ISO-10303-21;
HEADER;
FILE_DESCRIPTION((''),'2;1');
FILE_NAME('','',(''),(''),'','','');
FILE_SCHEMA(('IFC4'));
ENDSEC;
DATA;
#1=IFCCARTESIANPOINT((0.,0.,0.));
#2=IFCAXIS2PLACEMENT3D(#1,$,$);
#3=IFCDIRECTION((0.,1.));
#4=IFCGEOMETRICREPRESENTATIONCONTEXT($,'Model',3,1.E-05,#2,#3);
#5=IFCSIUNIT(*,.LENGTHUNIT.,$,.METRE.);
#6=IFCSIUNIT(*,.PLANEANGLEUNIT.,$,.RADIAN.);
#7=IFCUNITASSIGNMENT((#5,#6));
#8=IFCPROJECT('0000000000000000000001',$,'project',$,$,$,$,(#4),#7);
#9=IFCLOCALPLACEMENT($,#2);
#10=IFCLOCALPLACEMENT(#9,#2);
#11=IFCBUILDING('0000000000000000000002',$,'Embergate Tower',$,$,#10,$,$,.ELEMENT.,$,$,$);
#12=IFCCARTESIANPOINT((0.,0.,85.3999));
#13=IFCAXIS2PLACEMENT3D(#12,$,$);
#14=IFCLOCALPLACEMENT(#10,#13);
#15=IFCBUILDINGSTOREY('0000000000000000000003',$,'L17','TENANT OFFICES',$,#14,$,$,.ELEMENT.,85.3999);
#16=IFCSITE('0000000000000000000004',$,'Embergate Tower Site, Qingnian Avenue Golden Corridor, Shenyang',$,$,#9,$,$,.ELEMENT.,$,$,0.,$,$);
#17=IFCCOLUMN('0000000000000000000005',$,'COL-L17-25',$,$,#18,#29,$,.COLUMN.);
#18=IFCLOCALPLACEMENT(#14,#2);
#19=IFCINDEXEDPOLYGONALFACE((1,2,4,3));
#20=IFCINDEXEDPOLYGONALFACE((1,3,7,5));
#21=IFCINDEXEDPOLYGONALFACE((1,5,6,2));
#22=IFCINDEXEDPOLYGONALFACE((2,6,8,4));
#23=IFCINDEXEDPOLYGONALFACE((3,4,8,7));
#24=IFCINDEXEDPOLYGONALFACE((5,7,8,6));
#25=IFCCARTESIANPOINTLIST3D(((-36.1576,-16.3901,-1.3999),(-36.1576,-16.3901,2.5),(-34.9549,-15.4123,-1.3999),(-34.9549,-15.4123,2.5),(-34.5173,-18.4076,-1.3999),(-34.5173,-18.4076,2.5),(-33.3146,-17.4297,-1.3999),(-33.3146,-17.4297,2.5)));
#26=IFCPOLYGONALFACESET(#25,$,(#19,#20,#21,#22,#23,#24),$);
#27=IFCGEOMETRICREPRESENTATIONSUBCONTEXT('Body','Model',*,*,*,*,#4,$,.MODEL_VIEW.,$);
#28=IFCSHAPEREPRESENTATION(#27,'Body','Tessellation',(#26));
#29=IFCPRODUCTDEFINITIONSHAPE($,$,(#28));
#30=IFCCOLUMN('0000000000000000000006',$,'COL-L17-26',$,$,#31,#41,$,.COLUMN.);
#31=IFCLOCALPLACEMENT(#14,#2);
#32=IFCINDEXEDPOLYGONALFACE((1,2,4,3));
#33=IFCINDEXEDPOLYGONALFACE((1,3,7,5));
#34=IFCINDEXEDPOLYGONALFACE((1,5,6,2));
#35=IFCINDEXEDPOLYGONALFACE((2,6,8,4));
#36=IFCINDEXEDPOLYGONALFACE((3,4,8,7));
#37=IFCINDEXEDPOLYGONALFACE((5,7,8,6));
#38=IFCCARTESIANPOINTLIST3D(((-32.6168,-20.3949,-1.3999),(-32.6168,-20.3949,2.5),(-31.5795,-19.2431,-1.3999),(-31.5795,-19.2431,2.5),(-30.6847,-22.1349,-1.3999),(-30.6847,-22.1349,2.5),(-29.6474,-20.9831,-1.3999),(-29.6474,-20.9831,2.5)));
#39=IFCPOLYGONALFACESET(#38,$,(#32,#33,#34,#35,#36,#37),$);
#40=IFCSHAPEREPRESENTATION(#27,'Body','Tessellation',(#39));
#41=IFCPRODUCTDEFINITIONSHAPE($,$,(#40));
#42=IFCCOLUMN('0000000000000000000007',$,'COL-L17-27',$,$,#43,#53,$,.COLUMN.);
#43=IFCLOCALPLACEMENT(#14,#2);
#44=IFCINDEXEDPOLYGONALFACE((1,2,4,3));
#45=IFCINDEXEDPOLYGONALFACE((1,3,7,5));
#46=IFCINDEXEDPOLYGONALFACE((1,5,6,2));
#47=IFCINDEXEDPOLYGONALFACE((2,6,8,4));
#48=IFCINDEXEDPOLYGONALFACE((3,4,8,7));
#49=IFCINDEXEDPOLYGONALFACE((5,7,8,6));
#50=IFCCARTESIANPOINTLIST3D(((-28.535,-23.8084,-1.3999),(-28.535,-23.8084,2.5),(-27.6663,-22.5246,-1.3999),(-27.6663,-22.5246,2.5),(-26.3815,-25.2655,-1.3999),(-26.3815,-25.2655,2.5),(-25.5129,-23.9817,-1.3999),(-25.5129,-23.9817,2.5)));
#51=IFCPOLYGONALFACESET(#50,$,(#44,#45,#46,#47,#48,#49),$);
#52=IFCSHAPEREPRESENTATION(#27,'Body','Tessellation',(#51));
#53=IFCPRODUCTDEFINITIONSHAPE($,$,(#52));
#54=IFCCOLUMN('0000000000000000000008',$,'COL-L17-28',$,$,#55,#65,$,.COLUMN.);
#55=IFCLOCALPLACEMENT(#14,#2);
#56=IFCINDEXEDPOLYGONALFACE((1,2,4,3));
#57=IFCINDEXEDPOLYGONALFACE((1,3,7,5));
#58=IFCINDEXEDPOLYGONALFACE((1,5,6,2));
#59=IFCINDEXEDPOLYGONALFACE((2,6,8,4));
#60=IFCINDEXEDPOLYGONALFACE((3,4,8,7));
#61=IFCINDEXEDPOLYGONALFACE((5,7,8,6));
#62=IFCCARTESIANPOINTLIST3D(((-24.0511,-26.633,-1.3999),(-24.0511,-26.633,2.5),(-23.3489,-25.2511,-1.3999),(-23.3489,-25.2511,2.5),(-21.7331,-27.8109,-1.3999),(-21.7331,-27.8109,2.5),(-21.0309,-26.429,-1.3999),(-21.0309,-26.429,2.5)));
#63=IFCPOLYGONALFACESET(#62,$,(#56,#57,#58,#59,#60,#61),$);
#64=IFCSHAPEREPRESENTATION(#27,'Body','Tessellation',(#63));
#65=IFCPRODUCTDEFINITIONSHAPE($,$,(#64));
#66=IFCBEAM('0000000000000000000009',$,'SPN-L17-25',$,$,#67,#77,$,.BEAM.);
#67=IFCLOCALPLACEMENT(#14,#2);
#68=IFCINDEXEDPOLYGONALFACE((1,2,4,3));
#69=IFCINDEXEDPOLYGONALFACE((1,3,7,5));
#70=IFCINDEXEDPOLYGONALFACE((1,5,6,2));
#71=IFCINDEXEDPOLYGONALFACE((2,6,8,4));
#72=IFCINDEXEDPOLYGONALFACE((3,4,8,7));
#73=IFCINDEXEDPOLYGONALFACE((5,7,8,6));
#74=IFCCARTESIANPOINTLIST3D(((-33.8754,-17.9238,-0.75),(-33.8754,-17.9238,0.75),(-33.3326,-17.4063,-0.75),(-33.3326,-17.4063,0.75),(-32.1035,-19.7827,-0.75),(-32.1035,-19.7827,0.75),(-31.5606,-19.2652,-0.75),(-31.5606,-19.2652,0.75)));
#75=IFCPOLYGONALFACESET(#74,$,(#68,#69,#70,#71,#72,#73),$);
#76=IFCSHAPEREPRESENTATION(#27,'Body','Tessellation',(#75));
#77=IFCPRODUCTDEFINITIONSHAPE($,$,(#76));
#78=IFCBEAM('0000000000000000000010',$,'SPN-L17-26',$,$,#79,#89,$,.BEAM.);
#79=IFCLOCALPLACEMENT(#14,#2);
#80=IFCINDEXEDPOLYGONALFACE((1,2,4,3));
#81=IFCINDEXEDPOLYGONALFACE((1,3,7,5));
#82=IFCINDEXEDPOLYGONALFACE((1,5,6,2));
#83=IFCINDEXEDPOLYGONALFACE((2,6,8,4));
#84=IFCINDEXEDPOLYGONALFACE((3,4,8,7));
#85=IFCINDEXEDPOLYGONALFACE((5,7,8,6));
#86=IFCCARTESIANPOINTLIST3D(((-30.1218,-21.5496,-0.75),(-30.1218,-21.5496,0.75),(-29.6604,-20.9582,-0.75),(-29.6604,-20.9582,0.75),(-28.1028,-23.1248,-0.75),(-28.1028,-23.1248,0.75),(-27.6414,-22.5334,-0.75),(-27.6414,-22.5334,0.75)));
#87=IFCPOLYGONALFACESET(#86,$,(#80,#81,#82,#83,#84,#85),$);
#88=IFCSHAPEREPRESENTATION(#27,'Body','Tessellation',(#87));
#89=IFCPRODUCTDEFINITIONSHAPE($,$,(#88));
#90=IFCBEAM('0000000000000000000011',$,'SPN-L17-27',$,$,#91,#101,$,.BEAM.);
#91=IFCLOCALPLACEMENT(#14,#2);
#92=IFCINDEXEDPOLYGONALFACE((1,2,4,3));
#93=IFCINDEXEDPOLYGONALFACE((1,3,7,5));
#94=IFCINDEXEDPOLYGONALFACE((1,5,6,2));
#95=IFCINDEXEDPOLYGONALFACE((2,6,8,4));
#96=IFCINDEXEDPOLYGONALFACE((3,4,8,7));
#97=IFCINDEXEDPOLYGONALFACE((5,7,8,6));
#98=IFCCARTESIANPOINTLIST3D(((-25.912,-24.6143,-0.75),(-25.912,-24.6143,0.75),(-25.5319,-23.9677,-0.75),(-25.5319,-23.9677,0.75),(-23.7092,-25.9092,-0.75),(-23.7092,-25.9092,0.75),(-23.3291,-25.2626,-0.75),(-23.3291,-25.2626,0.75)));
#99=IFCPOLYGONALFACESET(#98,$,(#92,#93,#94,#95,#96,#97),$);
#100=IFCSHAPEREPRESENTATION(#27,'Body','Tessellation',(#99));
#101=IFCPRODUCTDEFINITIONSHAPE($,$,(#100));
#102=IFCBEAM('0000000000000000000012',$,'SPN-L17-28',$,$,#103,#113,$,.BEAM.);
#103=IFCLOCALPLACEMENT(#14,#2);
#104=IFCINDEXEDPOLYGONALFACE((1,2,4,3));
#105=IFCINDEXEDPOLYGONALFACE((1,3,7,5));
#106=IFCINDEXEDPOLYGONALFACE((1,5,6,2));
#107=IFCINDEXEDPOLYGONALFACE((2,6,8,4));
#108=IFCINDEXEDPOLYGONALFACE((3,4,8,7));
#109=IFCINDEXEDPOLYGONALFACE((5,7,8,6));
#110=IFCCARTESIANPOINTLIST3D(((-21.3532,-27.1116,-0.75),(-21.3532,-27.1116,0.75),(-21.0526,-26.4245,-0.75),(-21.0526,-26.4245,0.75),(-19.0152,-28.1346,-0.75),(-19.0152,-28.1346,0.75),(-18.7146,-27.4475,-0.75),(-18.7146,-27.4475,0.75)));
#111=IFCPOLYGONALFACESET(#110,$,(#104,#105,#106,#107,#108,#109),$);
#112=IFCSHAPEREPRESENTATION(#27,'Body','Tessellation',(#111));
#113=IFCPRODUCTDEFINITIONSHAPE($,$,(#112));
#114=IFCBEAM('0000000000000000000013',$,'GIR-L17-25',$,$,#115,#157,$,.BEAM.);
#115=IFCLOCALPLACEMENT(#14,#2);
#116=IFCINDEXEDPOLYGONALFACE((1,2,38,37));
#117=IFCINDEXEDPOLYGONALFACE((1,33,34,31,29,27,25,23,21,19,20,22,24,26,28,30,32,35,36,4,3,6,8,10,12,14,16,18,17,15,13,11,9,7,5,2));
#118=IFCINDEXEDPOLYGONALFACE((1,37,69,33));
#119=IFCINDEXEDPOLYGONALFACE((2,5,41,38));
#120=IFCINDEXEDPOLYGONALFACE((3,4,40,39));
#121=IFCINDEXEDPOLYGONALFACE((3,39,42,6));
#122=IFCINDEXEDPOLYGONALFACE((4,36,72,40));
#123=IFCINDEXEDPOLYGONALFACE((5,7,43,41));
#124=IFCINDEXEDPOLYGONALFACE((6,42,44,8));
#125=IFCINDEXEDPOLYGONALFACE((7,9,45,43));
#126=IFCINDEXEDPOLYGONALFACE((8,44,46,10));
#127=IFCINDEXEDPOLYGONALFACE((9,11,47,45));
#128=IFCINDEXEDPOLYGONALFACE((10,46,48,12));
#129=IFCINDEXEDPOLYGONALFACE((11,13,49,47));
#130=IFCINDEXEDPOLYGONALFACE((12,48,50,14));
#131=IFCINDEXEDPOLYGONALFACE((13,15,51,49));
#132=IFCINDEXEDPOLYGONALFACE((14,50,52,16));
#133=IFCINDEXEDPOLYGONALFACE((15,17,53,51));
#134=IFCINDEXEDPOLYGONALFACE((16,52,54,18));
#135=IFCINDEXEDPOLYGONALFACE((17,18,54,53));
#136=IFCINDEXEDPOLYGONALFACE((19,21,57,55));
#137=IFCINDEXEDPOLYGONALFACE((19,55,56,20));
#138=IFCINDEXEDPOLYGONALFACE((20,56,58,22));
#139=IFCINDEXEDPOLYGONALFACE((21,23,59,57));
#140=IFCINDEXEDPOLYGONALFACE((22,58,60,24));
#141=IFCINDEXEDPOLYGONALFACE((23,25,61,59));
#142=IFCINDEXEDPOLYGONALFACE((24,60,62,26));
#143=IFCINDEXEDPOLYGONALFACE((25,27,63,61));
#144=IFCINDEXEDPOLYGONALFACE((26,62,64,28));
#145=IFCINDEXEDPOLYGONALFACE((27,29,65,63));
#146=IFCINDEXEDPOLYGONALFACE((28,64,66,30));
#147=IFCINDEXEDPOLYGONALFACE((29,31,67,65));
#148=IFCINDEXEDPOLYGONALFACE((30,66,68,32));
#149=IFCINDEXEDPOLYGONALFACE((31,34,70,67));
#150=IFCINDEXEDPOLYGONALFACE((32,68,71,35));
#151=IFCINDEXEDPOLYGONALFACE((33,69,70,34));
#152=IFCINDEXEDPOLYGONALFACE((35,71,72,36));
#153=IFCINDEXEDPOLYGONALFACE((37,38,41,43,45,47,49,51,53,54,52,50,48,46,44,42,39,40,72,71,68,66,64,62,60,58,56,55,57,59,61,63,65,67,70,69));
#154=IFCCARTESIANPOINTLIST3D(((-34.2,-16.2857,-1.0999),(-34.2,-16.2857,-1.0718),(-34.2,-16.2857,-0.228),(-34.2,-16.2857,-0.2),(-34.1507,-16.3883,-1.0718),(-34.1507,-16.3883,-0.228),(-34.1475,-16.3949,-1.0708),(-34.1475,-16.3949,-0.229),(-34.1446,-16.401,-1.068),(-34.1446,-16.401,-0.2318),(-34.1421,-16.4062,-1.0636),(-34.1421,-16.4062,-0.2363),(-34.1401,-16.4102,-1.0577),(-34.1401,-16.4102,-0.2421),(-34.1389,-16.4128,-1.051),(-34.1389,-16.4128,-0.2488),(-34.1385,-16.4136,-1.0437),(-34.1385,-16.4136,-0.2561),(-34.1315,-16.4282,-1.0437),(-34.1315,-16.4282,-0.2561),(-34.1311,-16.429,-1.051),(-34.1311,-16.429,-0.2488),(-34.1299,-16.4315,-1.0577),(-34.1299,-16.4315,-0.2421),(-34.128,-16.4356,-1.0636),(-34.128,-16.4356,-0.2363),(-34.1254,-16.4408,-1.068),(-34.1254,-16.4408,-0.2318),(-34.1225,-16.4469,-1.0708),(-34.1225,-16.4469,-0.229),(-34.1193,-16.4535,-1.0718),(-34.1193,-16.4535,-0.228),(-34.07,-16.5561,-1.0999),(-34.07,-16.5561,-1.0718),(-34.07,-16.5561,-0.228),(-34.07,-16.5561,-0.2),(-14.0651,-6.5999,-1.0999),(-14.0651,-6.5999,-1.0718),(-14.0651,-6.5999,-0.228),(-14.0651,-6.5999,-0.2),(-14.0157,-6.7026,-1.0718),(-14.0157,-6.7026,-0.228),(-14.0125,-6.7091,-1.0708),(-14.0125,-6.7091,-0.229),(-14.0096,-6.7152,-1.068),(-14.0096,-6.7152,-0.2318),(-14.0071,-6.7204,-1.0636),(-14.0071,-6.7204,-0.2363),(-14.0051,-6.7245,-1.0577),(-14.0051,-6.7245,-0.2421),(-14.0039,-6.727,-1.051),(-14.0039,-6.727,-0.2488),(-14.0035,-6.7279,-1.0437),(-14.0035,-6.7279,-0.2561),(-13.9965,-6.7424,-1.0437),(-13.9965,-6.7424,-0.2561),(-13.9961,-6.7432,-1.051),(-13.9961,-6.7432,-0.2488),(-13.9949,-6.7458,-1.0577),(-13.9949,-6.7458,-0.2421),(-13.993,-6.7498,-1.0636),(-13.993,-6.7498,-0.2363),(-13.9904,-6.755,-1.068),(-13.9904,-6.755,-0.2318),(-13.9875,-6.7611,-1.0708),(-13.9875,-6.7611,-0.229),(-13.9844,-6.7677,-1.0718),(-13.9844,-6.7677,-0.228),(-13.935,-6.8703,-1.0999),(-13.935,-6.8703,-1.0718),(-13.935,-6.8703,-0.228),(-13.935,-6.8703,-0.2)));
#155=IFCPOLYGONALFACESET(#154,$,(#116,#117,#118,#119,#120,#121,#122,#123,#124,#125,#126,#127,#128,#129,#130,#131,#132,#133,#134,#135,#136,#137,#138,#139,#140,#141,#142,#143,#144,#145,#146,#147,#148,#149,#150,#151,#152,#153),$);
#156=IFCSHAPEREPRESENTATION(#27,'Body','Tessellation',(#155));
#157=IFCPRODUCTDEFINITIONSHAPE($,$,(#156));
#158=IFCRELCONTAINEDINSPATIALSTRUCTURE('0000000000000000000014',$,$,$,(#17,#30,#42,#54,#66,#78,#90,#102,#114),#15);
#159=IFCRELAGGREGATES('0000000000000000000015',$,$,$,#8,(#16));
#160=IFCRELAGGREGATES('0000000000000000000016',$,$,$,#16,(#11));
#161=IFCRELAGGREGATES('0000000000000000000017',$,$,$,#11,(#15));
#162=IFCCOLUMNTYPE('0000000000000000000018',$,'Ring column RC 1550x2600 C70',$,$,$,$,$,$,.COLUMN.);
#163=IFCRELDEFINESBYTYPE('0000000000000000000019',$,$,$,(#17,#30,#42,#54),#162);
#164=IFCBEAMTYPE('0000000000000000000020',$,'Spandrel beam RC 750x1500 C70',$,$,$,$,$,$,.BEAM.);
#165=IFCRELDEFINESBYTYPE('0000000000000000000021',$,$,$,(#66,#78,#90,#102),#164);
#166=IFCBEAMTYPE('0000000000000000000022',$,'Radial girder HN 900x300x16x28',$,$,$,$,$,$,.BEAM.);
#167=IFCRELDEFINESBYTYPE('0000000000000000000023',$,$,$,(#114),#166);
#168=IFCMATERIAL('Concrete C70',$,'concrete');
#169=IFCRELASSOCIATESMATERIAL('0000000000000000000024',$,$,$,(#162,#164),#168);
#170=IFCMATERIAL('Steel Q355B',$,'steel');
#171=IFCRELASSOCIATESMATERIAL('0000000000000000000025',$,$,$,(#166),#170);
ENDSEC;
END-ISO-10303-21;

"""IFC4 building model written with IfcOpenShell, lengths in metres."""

from ifc_helpers import new_model, si_unit, direction, frame, origin, origin_2d, place, context, subcontext, project, spatial, rectangle, i_section, extrude, source, transform, mapped, material, material_profile, profile_set, type_object, element, save


model = new_model("IFC4")

# Units and contexts
model_context = context("Model", 3, precision=1e-05, world=origin(), true_north=direction((0.0, 1.0)))
body_context = subcontext(model_context, "Body", "Model", "MODEL_VIEW")
ifc_project = project(units=[si_unit("LENGTHUNIT", "METRE"), si_unit("PLANEANGLEUNIT", "RADIAN")], contexts=[model_context])

# Site, building, storey
site_placement = place(None, origin())
site = spatial("IfcSite", under=ifc_project, at=site_placement, Name="Embergate Tower Site, Qingnian Avenue Golden Corridor, Shenyang", CompositionType="ELEMENT", RefElevation=0.0)
building_placement = place(site_placement, origin())
building = spatial("IfcBuilding", under=site, at=building_placement, Name="Embergate Tower", CompositionType="ELEMENT")
storey_placement = place(building_placement, frame((0.0, 0.0, 85.3999)))
storey = spatial("IfcBuildingStorey", under=building, at=storey_placement, Name="L17", Description="TENANT OFFICES", CompositionType="ELEMENT", Elevation=85.3999)

# Columns
ifc_material_1 = material(Name="Concrete C70", Category="concrete")
ifc_material_profile_1 = material_profile(ifc_material_1, rectangle(XDim=1.55, YDim=2.6001, at=origin_2d()), Name="RC 1550x2600")
ifc_profile_set_1 = profile_set([ifc_material_profile_1], Name="Concrete C70")
column_type = type_object("IfcColumnType", Name="Ring column RC 1550x2600 C70", PredefinedType="COLUMN", material=ifc_profile_set_1)
shared_shape_1 = source(origin(), body_context, "Body", "SweptSolid", [
    extrude(rectangle(XDim=1.55, YDim=2.6001, at=origin_2d()), origin(), (0.0, 0.0, 1.0), 3.8999),
])
for number, where, z_axis, x_axis, name in (
    (1, (-34.7361, -16.9099, -1.3999), (0.0, 0.0, 1.0), (-0.775914, -0.630838, 0.0), "COL-L17-25"),
    (2, (-31.1321, -20.689, -1.3999), (0.0, 0.0, 1.0), (-0.669208, -0.743075, 0.0), "COL-L17-26"),
    (3, (-27.0239, -23.895, -1.3999), (0.0, 0.0, 1.0), (-0.560393, -0.828227, 0.0), "COL-L17-27"),
    (4, (-22.541, -26.531, -1.3999), (0.0, 0.0, 1.0), (-0.452995, -0.891513, 0.0), "COL-L17-28"),
):
    element("IfcColumn", number, at=place(storey_placement, frame(where, z_axis=z_axis, x_axis=x_axis)), inside=storey, type_object=column_type, Name=name, PredefinedType="COLUMN", context=body_context, shape_type="MappedRepresentation", body=[
        mapped(shared_shape_1, transform((0.0, 0.0, 0.0))),
    ])

# Beams
ifc_material_profile_2 = material_profile(ifc_material_1, rectangle(XDim=0.75, YDim=1.5, at=origin_2d()), Name="RC 750x1500")
ifc_profile_set_2 = profile_set([ifc_material_profile_2], Name="Concrete C70")
beam_type_1 = type_object("IfcBeamType", Name="Spandrel beam RC 750x1500 C70", PredefinedType="BEAM", material=ifc_profile_set_2)
shared_shape_2 = source(origin(), body_context, "Body", "SweptSolid", [
    extrude(rectangle(XDim=0.75, YDim=1.5, at=origin_2d()), origin(), (0.0, 0.0, 1.0), 2.5681),
])
beam_1_placement = place(storey_placement, frame((-33.604, -17.665, 0.0), z_axis=(0.689983, -0.723826, 0.0), x_axis=(0.723826, 0.689983, 0.0)))
element("IfcBeam", 5, at=beam_1_placement, inside=storey, type_object=beam_type_1, Name="SPN-L17-25", PredefinedType="BEAM", context=body_context, shape_type="MappedRepresentation", body=[
    mapped(shared_shape_2, transform((0.0, 0.0, 0.0))),
])
shared_shape_3 = source(origin(), body_context, "Body", "SweptSolid", [
    extrude(rectangle(XDim=0.75, YDim=1.5, at=origin_2d()), origin(), (0.0, 0.0, 1.0), 2.5608),
])
beam_2_placement = place(storey_placement, frame((-29.8911, -21.2539, 0.0), z_axis=(0.788438, -0.615115, 0.0), x_axis=(0.615115, 0.788438, 0.0)))
element("IfcBeam", 6, at=beam_2_placement, inside=storey, type_object=beam_type_1, Name="SPN-L17-26", PredefinedType="BEAM", context=body_context, shape_type="MappedRepresentation", body=[
    mapped(shared_shape_3, transform((0.0, 0.0, 0.0))),
])
shared_shape_4 = source(origin(), body_context, "Body", "SweptSolid", [
    extrude(rectangle(XDim=0.75, YDim=1.5, at=origin_2d()), origin(), (0.0, 0.0, 1.0), 2.5552),
])
beam_3_placement = place(storey_placement, frame((-25.7219, -24.291, 0.0), z_axis=(0.862086, -0.506761, 0.0), x_axis=(0.506761, 0.862086, 0.0)))
element("IfcBeam", 7, at=beam_3_placement, inside=storey, type_object=beam_type_1, Name="SPN-L17-27", PredefinedType="BEAM", context=body_context, shape_type="MappedRepresentation", body=[
    mapped(shared_shape_4, transform((0.0, 0.0, 0.0))),
])
shared_shape_5 = source(origin(), body_context, "Body", "SweptSolid", [
    extrude(rectangle(XDim=0.75, YDim=1.5, at=origin_2d()), origin(), (0.0, 0.0, 1.0), 2.552),
])
beam_4_placement = place(storey_placement, frame((-21.2029, -26.7681, 0.0), z_axis=(0.91614, -0.400859, 0.0), x_axis=(0.400859, 0.91614, 0.0)))
element("IfcBeam", 8, at=beam_4_placement, inside=storey, type_object=beam_type_1, Name="SPN-L17-28", PredefinedType="BEAM", context=body_context, shape_type="MappedRepresentation", body=[
    mapped(shared_shape_5, transform((0.0, 0.0, 0.0))),
])
ifc_material_2 = material(Name="Steel Q355B", Category="steel")
ifc_material_profile_3 = material_profile(ifc_material_2, i_section(OverallWidth=0.3, OverallDepth=0.8999, WebThickness=0.0161, FlangeThickness=0.0281, FilletRadius=0.0281, at=origin_2d()), Name="HN 900x300x16x28")
ifc_profile_set_3 = profile_set([ifc_material_profile_3], Name="Steel Q355 grade B")
beam_type_2 = type_object("IfcBeamType", Name="Radial girder HN 900x300x16x28", PredefinedType="BEAM", material=ifc_profile_set_3)
shared_shape_6 = source(origin(), body_context, "Body", "SweptSolid", [
    extrude(i_section(OverallWidth=0.3, OverallDepth=0.8999, WebThickness=0.0161, FlangeThickness=0.0281, FilletRadius=0.0281, at=origin_2d()), origin(), (0.0, 0.0, 1.0), 22.3435),
])
beam_5_placement = place(storey_placement, frame((-34.135, -16.4209, -0.6499), z_axis=(0.901156, 0.433494, 0.0), x_axis=(-0.433494, 0.901156, 0.0)))
element("IfcBeam", 9, at=beam_5_placement, inside=storey, type_object=beam_type_2, Name="GIR-L17-25", PredefinedType="BEAM", context=body_context, shape_type="MappedRepresentation", body=[
    mapped(shared_shape_6, transform((0.0, 0.0, 0.0))),
])

save(model, "model.ifc")
